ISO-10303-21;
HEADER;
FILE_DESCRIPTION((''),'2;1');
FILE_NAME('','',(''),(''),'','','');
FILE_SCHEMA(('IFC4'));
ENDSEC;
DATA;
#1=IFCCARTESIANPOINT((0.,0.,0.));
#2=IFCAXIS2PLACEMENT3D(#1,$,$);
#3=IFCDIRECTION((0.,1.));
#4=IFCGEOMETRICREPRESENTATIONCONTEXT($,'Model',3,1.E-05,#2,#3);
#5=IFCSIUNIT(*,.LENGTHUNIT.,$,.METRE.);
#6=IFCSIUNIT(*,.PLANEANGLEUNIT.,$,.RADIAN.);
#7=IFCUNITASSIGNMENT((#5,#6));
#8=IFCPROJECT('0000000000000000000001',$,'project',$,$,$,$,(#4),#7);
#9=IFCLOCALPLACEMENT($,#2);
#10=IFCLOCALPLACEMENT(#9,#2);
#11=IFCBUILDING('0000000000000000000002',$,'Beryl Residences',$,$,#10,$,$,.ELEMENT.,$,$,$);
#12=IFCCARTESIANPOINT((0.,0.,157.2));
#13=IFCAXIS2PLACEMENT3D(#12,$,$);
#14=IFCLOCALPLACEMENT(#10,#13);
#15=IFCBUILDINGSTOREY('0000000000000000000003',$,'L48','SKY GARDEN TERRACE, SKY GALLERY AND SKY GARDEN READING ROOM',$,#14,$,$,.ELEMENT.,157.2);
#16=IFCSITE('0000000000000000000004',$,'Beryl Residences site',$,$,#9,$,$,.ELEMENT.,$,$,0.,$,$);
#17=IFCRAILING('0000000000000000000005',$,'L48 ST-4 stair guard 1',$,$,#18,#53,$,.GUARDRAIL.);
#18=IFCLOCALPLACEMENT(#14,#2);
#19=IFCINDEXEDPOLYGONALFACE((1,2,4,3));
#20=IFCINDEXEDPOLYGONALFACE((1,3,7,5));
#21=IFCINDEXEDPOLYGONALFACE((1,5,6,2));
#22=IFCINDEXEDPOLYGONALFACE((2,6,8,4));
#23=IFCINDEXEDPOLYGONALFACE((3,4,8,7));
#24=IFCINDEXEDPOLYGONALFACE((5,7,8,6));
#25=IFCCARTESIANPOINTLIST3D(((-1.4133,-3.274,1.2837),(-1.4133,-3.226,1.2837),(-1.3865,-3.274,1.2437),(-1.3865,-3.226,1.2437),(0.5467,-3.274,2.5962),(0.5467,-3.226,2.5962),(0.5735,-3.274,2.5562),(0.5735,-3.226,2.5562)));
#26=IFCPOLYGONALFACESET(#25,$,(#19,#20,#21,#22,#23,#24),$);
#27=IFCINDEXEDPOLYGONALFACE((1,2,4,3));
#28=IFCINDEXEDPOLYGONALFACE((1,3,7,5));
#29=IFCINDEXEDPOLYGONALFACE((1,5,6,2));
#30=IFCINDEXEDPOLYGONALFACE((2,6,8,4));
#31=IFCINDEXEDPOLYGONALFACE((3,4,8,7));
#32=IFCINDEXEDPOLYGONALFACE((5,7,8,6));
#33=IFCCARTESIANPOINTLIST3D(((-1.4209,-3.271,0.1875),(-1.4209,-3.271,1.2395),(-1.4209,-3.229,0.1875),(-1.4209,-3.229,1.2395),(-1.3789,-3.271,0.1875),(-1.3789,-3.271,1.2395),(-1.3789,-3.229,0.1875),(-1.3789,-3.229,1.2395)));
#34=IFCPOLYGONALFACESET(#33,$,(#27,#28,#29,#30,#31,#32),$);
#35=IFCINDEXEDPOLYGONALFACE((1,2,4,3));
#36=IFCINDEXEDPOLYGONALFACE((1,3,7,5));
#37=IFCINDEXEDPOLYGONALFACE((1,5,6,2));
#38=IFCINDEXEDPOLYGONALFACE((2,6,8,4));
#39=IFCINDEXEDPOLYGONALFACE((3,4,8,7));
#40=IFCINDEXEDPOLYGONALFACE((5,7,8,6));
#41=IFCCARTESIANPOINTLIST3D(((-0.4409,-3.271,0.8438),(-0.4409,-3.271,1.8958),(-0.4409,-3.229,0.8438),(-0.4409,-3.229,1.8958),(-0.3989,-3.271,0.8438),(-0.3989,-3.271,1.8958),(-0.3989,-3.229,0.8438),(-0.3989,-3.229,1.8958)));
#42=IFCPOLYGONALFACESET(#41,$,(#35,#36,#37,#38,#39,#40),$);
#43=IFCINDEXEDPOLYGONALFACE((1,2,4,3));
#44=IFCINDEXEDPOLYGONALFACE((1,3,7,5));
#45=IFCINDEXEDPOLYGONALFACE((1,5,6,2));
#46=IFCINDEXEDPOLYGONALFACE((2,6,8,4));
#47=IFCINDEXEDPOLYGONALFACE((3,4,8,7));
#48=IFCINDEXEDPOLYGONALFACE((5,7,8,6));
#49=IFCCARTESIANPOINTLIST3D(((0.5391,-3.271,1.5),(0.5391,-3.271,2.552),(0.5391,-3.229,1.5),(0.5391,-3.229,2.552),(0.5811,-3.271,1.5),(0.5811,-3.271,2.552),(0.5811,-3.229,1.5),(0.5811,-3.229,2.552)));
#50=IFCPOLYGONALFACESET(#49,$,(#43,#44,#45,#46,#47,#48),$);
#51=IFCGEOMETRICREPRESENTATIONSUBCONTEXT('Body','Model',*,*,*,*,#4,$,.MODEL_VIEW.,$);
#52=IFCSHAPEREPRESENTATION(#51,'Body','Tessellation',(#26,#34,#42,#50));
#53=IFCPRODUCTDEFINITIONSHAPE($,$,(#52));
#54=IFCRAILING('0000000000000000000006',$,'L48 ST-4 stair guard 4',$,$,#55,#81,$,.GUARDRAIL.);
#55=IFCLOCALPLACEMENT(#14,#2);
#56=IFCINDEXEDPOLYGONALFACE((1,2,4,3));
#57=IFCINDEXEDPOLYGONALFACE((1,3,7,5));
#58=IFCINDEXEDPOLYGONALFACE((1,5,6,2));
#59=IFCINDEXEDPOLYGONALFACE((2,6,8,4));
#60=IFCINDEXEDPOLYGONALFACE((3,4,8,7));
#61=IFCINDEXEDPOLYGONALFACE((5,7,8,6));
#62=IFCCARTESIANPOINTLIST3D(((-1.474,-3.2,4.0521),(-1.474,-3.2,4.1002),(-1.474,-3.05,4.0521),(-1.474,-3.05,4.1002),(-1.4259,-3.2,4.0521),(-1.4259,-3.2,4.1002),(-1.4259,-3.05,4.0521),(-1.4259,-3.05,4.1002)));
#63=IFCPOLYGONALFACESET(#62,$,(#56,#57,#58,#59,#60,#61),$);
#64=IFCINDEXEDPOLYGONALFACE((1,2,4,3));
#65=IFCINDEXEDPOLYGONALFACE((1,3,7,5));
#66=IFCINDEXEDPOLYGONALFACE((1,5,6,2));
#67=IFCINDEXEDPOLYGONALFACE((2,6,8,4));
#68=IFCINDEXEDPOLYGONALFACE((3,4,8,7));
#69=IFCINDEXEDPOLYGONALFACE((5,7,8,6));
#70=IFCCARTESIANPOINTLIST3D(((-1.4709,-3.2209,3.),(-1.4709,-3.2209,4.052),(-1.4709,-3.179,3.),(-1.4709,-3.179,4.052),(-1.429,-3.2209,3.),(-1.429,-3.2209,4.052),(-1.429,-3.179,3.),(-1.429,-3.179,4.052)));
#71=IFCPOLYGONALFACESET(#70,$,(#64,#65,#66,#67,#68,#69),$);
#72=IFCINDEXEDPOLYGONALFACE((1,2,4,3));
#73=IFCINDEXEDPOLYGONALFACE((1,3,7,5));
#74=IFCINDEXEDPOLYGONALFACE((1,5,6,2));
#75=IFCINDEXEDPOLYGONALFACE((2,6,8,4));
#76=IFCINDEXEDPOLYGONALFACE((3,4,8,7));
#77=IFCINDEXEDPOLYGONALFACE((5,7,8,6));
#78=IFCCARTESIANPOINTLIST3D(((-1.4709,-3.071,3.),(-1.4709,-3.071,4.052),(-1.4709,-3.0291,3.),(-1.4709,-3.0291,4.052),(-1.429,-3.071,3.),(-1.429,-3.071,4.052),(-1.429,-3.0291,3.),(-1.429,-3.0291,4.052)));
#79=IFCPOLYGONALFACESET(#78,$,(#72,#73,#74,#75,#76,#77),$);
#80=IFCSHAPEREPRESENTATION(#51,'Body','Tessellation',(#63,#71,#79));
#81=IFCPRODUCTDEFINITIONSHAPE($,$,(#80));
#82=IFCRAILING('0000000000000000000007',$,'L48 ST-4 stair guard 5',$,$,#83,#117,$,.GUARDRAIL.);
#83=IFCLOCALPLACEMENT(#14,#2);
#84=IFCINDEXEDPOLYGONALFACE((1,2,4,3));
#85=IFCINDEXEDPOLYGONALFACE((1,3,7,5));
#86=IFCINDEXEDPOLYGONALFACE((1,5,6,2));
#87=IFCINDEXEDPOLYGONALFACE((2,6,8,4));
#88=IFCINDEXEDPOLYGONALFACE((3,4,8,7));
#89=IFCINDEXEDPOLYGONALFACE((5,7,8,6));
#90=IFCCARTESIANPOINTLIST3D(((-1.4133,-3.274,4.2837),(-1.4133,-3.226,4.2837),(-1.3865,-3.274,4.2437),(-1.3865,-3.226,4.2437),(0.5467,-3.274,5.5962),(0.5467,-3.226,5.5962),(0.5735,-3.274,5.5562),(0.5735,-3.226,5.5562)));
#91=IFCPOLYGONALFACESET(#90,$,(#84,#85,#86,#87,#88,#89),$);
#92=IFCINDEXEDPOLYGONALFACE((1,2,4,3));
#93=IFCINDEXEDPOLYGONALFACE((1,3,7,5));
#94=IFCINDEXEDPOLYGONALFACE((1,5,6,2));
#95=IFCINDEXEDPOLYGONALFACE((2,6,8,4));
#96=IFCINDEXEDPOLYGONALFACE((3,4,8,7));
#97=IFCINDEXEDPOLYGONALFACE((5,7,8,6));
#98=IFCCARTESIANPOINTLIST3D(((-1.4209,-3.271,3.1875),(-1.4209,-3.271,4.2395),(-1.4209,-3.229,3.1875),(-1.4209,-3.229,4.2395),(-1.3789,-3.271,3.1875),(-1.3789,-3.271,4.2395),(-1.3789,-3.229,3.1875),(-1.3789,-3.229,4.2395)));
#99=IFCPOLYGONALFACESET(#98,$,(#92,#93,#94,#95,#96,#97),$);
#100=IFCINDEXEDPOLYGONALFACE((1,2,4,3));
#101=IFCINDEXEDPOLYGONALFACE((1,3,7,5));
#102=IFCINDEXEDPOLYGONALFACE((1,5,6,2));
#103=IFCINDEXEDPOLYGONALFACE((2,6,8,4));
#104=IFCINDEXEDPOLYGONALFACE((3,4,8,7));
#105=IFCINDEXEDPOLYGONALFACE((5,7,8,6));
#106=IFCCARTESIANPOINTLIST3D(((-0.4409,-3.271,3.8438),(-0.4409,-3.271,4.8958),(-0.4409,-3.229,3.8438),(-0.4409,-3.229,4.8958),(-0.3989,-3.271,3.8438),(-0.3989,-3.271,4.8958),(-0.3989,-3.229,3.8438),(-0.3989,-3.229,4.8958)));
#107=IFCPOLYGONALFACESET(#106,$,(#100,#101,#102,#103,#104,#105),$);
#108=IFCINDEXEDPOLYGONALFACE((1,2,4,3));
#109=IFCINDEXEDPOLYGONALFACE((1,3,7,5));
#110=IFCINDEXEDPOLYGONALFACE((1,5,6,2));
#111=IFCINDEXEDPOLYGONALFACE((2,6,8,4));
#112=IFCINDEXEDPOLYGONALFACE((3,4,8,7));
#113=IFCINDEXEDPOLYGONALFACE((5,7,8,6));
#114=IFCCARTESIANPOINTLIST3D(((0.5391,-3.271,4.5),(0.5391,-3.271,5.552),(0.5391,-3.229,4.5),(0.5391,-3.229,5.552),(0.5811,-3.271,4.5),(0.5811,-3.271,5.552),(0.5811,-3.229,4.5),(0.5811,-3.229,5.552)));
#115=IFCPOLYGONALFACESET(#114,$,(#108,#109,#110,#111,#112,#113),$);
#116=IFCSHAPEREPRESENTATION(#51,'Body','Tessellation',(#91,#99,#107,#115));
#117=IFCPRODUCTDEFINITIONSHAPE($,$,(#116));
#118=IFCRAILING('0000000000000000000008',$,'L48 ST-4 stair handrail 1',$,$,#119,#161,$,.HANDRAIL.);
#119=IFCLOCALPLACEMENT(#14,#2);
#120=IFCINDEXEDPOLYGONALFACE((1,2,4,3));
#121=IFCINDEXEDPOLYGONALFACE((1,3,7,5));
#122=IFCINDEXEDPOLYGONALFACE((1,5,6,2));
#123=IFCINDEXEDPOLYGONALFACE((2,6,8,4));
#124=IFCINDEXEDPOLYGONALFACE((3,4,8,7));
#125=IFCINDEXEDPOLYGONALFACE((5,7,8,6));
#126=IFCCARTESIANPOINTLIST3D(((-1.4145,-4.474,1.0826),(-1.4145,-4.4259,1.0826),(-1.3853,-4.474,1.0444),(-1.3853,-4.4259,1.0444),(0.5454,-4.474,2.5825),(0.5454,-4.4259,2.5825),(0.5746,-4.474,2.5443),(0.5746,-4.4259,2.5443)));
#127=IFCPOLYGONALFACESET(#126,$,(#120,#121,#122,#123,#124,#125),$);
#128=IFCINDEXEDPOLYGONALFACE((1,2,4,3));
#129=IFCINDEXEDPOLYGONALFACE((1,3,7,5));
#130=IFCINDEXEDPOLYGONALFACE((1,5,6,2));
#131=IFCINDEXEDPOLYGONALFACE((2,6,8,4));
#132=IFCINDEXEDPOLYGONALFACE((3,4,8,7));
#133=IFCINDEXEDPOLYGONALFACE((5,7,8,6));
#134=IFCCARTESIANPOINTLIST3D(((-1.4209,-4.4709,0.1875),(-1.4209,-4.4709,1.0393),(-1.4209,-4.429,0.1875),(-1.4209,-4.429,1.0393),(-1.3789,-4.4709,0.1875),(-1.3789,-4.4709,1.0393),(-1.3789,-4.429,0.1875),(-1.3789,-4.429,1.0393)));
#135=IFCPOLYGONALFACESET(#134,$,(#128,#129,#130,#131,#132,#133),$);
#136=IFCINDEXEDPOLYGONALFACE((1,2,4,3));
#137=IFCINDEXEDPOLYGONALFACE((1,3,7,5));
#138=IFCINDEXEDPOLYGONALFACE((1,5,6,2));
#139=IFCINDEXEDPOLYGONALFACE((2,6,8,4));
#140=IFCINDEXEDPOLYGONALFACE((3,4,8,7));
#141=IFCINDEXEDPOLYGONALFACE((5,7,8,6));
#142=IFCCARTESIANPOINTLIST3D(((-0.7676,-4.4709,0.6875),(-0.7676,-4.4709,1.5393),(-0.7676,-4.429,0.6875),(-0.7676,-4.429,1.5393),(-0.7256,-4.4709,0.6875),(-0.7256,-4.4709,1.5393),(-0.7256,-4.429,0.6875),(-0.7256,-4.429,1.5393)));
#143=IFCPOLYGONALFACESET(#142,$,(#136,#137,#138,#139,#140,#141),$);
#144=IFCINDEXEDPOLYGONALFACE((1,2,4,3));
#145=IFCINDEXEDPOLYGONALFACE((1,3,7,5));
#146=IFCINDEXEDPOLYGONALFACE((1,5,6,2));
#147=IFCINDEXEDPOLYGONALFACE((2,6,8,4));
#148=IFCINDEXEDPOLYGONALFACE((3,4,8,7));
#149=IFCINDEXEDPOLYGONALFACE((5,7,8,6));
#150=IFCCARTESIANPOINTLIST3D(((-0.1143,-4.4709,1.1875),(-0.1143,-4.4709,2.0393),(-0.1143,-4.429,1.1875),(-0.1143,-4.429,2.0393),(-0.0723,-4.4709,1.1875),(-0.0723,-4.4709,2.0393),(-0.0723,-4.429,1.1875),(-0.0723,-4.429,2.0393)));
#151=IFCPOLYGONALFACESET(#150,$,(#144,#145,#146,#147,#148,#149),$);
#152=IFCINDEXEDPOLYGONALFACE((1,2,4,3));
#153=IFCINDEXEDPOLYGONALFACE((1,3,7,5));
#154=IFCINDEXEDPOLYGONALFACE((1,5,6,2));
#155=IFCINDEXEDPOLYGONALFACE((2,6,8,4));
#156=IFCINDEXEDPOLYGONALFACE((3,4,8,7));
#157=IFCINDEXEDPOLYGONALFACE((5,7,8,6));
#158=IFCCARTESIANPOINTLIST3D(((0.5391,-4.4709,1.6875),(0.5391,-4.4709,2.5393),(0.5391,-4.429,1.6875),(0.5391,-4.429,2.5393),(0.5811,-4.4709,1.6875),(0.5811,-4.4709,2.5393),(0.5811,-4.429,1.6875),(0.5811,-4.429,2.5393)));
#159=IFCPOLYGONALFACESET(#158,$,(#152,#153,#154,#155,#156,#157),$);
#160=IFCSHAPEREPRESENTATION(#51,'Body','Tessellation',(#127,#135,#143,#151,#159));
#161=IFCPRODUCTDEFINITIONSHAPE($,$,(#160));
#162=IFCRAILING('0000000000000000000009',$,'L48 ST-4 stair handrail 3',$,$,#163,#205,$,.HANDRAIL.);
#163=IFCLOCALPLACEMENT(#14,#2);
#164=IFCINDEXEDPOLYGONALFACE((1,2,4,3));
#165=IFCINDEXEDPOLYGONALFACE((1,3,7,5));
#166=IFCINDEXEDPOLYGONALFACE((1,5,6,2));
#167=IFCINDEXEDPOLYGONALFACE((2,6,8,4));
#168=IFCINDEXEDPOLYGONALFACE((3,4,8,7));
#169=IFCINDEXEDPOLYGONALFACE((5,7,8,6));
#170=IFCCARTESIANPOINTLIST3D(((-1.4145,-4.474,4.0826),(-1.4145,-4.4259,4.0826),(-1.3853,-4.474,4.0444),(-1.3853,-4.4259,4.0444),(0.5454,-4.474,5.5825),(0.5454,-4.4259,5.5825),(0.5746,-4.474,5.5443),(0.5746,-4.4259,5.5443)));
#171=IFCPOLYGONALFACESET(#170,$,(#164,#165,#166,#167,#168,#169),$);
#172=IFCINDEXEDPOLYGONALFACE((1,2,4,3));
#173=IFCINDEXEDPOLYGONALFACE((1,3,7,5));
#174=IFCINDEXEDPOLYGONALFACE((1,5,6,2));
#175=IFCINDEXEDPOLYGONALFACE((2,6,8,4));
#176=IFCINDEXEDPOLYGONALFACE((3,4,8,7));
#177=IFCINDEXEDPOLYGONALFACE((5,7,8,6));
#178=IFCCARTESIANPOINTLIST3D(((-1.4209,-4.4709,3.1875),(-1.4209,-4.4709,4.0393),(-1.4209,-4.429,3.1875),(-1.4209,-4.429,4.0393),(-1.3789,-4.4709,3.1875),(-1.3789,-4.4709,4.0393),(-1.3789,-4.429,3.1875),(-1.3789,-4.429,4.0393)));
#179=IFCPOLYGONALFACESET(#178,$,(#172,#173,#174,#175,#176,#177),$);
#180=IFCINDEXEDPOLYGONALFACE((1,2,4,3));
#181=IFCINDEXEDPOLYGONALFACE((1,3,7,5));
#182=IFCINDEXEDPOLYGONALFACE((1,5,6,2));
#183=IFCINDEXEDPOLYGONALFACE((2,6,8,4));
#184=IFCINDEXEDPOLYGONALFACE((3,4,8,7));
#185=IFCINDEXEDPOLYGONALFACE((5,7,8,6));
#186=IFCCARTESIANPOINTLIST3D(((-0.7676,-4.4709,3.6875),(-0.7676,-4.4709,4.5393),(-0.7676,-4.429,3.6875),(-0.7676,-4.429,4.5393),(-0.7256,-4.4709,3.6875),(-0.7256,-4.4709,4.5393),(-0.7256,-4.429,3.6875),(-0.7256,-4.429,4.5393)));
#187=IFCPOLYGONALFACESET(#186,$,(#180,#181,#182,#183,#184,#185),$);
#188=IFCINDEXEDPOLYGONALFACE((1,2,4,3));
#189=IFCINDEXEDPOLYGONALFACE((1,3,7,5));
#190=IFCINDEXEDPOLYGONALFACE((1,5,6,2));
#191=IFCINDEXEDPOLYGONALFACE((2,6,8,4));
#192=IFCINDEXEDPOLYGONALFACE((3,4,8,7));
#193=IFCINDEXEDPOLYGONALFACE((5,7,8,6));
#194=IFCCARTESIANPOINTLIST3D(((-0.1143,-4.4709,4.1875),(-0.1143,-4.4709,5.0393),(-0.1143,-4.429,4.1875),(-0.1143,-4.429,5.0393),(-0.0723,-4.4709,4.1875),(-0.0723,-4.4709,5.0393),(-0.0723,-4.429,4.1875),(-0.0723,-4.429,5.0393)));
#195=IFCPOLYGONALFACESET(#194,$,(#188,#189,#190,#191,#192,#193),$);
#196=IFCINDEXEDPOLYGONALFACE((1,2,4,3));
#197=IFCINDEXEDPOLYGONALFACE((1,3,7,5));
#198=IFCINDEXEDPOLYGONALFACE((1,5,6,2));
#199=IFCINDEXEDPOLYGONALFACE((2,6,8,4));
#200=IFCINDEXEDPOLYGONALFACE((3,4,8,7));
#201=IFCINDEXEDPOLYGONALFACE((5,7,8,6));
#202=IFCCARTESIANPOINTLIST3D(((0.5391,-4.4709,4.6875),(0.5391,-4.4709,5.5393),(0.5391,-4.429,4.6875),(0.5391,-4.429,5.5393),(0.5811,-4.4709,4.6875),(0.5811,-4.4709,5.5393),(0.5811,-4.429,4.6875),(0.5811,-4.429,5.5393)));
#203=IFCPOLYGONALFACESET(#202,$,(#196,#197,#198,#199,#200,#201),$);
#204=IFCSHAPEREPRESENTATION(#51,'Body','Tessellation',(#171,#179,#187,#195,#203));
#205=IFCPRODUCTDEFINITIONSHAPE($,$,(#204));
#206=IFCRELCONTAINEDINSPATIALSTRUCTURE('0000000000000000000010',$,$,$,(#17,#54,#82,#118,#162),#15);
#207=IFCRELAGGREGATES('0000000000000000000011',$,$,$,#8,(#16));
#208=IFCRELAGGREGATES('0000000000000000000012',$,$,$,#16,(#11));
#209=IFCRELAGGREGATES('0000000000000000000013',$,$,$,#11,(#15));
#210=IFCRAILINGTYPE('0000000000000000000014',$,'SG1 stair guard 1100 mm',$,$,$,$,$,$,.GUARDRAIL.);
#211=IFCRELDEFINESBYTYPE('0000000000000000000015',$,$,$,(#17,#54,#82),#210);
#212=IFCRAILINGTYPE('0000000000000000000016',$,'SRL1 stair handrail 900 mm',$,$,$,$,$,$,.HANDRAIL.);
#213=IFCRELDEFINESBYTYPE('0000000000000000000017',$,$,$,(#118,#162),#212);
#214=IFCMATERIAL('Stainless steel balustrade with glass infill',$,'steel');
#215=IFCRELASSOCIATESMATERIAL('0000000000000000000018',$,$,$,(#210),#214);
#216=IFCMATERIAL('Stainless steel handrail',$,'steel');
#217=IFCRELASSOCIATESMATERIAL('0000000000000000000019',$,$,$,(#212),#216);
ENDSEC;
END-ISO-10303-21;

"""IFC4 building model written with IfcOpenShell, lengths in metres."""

from ifc_helpers import new_model, si_unit, direction, frame, origin, origin_2d, place, context, subcontext, project, spatial, rectangle, extrude, material, type_object, element, save


model = new_model("IFC4")

# Units and contexts
model_context = context("Model", 3, precision=1e-05, world=origin(), true_north=direction((0.0, 1.0)))
body_context = subcontext(model_context, "Body", "Model", "MODEL_VIEW")
ifc_project = project(units=[si_unit("LENGTHUNIT", "METRE"), si_unit("PLANEANGLEUNIT", "RADIAN")], contexts=[model_context])

# Site, building, storey
site_placement = place(None, origin())
site = spatial("IfcSite", under=ifc_project, at=site_placement, Name="Beryl Residences site", CompositionType="ELEMENT", RefElevation=0.0)
building_placement = place(site_placement, origin())
building = spatial("IfcBuilding", under=site, at=building_placement, Name="Beryl Residences", CompositionType="ELEMENT")
storey_placement = place(building_placement, frame((0.0, 0.0, 157.2)))
storey = spatial("IfcBuildingStorey", under=building, at=storey_placement, Name="L48", Description="SKY GARDEN TERRACE, SKY GALLERY AND SKY GARDEN READING ROOM", CompositionType="ELEMENT", Elevation=157.2)

# Railings
ifc_material_1 = material(Name="Stainless steel balustrade with glass infill", Category="steel")
railing_type_1 = type_object("IfcRailingType", Name="SG1 stair guard 1100 mm", PredefinedType="GUARDRAIL", material=ifc_material_1)
railing_1_placement = place(storey_placement, frame((-1.3999, -3.25, 0.1875)))
element("IfcRailing", 1, at=railing_1_placement, inside=storey, type_object=railing_type_1, Name="L48 ST-4 stair guard 1", PredefinedType="GUARDRAIL", context=body_context, shape_type="SweptSolid", body=[
    extrude(rectangle(XDim=0.0481, YDim=0.0481, at=origin_2d()), frame((0.0, 0.0, 1.0762), z_axis=(0.830902, 0.0, 0.556419), x_axis=(0.0, 1.0, 0.0)), (0.0, 0.0, 1.0), 2.3589),
    extrude(rectangle(XDim=0.042, YDim=0.042, at=origin_2d()), origin(), (0.0, 0.0, 1.0), 1.052),
    extrude(rectangle(XDim=0.042, YDim=0.042, at=origin_2d()), frame((0.98, 0.0, 0.6562)), (0.0, 0.0, 1.0), 1.052),
    extrude(rectangle(XDim=0.042, YDim=0.042, at=origin_2d()), frame((1.96, 0.0, 1.3125)), (0.0, 0.0, 1.0), 1.052),
])
railing_2_placement = place(storey_placement, frame((-1.45, -3.2, 3.0)))
element("IfcRailing", 2, at=railing_2_placement, inside=storey, type_object=railing_type_1, Name="L48 ST-4 stair guard 4", PredefinedType="GUARDRAIL", context=body_context, shape_type="SweptSolid", body=[
    extrude(rectangle(XDim=0.0481, YDim=0.0481, at=origin_2d()), frame((0.0, 0.0, 1.0762), z_axis=(0.0, 1.0, 0.0), x_axis=(-1.0, 0.0, 0.0)), (0.0, 0.0, 1.0), 0.1499),
    extrude(rectangle(XDim=0.042, YDim=0.042, at=origin_2d()), origin(), (0.0, 0.0, 1.0), 1.052),
    extrude(rectangle(XDim=0.042, YDim=0.042, at=origin_2d()), frame((0.0, 0.1499, 0.0)), (0.0, 0.0, 1.0), 1.052),
])
railing_3_placement = place(storey_placement, frame((-1.3999, -3.25, 3.1875)))
element("IfcRailing", 3, at=railing_3_placement, inside=storey, type_object=railing_type_1, Name="L48 ST-4 stair guard 5", PredefinedType="GUARDRAIL", context=body_context, shape_type="SweptSolid", body=[
    extrude(rectangle(XDim=0.0481, YDim=0.0481, at=origin_2d()), frame((0.0, 0.0, 1.0762), z_axis=(0.830902, 0.0, 0.556419), x_axis=(0.0, 1.0, 0.0)), (0.0, 0.0, 1.0), 2.3589),
    extrude(rectangle(XDim=0.042, YDim=0.042, at=origin_2d()), origin(), (0.0, 0.0, 1.0), 1.052),
    extrude(rectangle(XDim=0.042, YDim=0.042, at=origin_2d()), frame((0.98, 0.0, 0.6562)), (0.0, 0.0, 1.0), 1.052),
    extrude(rectangle(XDim=0.042, YDim=0.042, at=origin_2d()), frame((1.96, 0.0, 1.3125)), (0.0, 0.0, 1.0), 1.052),
])
ifc_material_2 = material(Name="Stainless steel handrail", Category="steel")
railing_type_2 = type_object("IfcRailingType", Name="SRL1 stair handrail 900 mm", PredefinedType="HANDRAIL", material=ifc_material_2)
for number, where, name in (
    (4, (-1.3999, -4.45, 0.1875), "L48 ST-4 stair handrail 1"),
    (5, (-1.3999, -4.45, 3.1875), "L48 ST-4 stair handrail 3"),
):
    element("IfcRailing", number, at=place(storey_placement, frame(where)), inside=storey, type_object=railing_type_2, Name=name, PredefinedType="HANDRAIL", context=body_context, shape_type="SweptSolid", body=[
        extrude(rectangle(XDim=0.0481, YDim=0.0481, at=origin_2d()), frame((0.0, 0.0, 0.876), z_axis=(0.794122, 0.0, 0.607758), x_axis=(0.0, 1.0, 0.0)), (0.0, 0.0, 1.0), 2.468),
        extrude(rectangle(XDim=0.042, YDim=0.042, at=origin_2d()), origin(), (0.0, 0.0, 1.0), 0.8518),
        extrude(rectangle(XDim=0.042, YDim=0.042, at=origin_2d()), frame((0.6533, 0.0, 0.5)), (0.0, 0.0, 1.0), 0.8518),
        extrude(rectangle(XDim=0.042, YDim=0.042, at=origin_2d()), frame((1.3066, 0.0, 1.0)), (0.0, 0.0, 1.0), 0.8518),
        extrude(rectangle(XDim=0.042, YDim=0.042, at=origin_2d()), frame((1.96, 0.0, 1.5)), (0.0, 0.0, 1.0), 0.8518),
    ])

save(model, "model.ifc")
